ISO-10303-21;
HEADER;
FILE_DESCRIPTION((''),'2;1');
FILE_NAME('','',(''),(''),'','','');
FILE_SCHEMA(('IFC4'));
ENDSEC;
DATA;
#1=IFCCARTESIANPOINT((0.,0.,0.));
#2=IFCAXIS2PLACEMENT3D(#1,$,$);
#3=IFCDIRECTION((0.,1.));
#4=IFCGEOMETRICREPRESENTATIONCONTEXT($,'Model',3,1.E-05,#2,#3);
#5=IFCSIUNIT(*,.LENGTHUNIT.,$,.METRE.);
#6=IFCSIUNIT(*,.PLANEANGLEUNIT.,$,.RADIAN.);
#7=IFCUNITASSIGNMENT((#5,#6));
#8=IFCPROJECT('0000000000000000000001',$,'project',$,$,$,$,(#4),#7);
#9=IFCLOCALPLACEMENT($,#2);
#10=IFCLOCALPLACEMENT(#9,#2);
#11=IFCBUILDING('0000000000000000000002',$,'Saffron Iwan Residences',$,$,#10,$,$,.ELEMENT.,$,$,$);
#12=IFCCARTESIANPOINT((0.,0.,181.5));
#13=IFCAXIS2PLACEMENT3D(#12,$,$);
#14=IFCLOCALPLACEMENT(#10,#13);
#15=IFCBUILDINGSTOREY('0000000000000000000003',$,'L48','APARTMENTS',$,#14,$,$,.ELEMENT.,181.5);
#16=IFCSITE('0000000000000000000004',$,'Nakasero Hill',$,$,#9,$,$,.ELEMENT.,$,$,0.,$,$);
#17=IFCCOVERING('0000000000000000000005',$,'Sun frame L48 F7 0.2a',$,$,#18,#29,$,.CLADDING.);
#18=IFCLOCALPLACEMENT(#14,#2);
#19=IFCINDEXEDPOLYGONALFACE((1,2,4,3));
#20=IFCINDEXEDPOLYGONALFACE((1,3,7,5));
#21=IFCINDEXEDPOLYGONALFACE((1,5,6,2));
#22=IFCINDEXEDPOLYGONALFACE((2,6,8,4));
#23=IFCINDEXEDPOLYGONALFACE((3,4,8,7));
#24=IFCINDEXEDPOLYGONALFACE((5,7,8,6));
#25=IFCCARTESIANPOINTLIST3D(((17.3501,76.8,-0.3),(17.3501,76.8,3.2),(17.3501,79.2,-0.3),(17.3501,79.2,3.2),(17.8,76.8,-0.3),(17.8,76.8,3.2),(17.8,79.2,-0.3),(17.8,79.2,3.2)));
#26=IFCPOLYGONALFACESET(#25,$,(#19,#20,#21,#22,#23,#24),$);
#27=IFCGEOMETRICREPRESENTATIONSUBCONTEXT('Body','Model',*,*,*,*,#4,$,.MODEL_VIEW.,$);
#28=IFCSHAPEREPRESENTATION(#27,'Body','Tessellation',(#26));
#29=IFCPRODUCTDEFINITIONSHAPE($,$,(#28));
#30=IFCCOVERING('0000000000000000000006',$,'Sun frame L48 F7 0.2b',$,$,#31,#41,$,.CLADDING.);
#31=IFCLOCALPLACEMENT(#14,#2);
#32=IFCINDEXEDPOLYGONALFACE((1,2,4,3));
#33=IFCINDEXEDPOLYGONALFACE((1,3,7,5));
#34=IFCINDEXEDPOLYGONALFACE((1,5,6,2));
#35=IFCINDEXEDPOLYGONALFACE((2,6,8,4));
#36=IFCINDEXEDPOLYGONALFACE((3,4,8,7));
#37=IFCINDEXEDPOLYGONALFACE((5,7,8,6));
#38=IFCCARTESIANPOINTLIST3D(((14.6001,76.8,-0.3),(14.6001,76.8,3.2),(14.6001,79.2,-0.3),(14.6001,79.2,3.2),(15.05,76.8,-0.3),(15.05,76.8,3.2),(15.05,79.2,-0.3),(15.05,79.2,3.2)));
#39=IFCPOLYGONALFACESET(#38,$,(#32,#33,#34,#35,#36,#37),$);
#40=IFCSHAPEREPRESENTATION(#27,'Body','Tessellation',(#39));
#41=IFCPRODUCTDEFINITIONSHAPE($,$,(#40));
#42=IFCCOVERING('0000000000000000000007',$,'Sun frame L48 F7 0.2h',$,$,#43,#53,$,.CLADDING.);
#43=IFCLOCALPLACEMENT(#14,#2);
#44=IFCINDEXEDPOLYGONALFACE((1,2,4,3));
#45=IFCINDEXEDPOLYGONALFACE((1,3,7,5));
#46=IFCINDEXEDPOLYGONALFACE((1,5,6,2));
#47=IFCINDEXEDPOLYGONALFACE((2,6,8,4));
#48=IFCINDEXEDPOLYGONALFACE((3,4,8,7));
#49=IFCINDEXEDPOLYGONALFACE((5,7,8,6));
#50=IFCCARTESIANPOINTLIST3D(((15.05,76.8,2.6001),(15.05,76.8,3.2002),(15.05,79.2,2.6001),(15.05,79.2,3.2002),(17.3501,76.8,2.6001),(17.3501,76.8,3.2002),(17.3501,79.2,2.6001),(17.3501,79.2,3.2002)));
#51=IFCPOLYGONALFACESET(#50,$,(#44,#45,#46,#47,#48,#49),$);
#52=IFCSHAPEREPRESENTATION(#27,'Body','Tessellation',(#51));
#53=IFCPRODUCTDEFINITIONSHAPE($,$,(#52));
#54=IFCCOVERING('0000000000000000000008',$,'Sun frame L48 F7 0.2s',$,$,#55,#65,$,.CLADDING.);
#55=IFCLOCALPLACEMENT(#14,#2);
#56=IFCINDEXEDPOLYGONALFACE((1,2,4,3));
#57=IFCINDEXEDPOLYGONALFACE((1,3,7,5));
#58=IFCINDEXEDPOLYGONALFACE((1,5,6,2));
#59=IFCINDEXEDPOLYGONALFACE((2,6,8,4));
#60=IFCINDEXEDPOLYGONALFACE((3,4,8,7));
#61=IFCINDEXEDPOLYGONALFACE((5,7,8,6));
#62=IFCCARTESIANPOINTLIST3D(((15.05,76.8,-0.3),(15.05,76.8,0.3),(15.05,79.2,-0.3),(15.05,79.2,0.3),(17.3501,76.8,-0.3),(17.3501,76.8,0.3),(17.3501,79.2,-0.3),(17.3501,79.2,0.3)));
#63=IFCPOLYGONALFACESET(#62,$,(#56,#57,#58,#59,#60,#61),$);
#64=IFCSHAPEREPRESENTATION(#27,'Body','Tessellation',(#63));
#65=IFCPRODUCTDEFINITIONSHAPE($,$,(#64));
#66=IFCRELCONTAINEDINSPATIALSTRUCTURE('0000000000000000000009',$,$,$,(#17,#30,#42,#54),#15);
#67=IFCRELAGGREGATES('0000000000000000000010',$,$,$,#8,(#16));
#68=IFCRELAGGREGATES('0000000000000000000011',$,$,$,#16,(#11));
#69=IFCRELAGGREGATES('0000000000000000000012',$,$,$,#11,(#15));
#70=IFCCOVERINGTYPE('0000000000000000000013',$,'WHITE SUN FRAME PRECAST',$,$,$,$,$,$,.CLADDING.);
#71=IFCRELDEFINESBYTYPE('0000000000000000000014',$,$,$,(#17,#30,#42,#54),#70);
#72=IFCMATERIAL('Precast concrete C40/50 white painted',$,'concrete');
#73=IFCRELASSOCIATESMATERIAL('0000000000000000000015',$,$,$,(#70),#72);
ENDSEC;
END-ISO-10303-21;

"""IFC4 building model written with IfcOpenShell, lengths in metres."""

from ifc_helpers import new_model, si_unit, direction, frame, origin, place, context, subcontext, project, spatial, polyline, outline, extrude, material, type_object, element, save


model = new_model("IFC4")

# Units and contexts
model_context = context("Model", 3, precision=1e-05, world=origin(), true_north=direction((0.0, 1.0)))
body_context = subcontext(model_context, "Body", "Model", "MODEL_VIEW")
ifc_project = project(units=[si_unit("LENGTHUNIT", "METRE"), si_unit("PLANEANGLEUNIT", "RADIAN")], contexts=[model_context])

# Site, building, storey
site_placement = place(None, origin())
site = spatial("IfcSite", under=ifc_project, at=site_placement, Name="Nakasero Hill", CompositionType="ELEMENT", RefElevation=0.0)
building_placement = place(site_placement, origin())
building = spatial("IfcBuilding", under=site, at=building_placement, Name="Saffron Iwan Residences", CompositionType="ELEMENT")
storey_placement = place(building_placement, frame((0.0, 0.0, 181.5)))
storey = spatial("IfcBuildingStorey", under=building, at=storey_placement, Name="L48", Description="APARTMENTS", CompositionType="ELEMENT", Elevation=181.5)

# Coverings
ifc_material_1 = material(Name="Precast concrete C40/50 white painted", Category="concrete")
covering_type_1 = type_object("IfcCoveringType", Name="WHITE SUN FRAME PRECAST", PredefinedType="CLADDING", material=ifc_material_1)
for number, where, z_axis, x_axis, name in (
    (1, (17.8, 76.8, -0.3), (0.0, 1.0, 0.0), (-1.0, 0.0, 0.0), "Sun frame L48 F7 0.2a"),
    (2, (15.05, 76.8, -0.3), (0.0, 1.0, 0.0), (-1.0, 0.0, 0.0), "Sun frame L48 F7 0.2b"),
):
    element("IfcCovering", number, at=place(storey_placement, frame(where, z_axis=z_axis, x_axis=x_axis)), inside=storey, type_object=covering_type_1, Name=name, PredefinedType="CLADDING", context=body_context, shape_type="SweptSolid", body=[
        extrude(outline(polyline([(0.0, 0.0), (0.45, 0.0), (0.45, 3.5), (0.0, 3.5), (0.0, 0.0)])), origin(), (0.0, 0.0, 1.0), 2.3999),
    ])
for number, where, z_axis, x_axis, name in (
    (3, (17.3501, 76.8, 2.6001), (0.0, 1.0, 0.0), (-1.0, 0.0, 0.0), "Sun frame L48 F7 0.2h"),
    (4, (17.3501, 76.8, -0.3), (0.0, 1.0, 0.0), (-1.0, 0.0, 0.0), "Sun frame L48 F7 0.2s"),
):
    element("IfcCovering", number, at=place(storey_placement, frame(where, z_axis=z_axis, x_axis=x_axis)), inside=storey, type_object=covering_type_1, Name=name, PredefinedType="CLADDING", context=body_context, shape_type="SweptSolid", body=[
        extrude(outline(polyline([(0.0, 0.0), (2.3, 0.0), (2.3, 0.6001), (0.0, 0.6001), (0.0, 0.0)])), origin(), (0.0, 0.0, 1.0), 2.3999),
    ])

save(model, "model.ifc")
